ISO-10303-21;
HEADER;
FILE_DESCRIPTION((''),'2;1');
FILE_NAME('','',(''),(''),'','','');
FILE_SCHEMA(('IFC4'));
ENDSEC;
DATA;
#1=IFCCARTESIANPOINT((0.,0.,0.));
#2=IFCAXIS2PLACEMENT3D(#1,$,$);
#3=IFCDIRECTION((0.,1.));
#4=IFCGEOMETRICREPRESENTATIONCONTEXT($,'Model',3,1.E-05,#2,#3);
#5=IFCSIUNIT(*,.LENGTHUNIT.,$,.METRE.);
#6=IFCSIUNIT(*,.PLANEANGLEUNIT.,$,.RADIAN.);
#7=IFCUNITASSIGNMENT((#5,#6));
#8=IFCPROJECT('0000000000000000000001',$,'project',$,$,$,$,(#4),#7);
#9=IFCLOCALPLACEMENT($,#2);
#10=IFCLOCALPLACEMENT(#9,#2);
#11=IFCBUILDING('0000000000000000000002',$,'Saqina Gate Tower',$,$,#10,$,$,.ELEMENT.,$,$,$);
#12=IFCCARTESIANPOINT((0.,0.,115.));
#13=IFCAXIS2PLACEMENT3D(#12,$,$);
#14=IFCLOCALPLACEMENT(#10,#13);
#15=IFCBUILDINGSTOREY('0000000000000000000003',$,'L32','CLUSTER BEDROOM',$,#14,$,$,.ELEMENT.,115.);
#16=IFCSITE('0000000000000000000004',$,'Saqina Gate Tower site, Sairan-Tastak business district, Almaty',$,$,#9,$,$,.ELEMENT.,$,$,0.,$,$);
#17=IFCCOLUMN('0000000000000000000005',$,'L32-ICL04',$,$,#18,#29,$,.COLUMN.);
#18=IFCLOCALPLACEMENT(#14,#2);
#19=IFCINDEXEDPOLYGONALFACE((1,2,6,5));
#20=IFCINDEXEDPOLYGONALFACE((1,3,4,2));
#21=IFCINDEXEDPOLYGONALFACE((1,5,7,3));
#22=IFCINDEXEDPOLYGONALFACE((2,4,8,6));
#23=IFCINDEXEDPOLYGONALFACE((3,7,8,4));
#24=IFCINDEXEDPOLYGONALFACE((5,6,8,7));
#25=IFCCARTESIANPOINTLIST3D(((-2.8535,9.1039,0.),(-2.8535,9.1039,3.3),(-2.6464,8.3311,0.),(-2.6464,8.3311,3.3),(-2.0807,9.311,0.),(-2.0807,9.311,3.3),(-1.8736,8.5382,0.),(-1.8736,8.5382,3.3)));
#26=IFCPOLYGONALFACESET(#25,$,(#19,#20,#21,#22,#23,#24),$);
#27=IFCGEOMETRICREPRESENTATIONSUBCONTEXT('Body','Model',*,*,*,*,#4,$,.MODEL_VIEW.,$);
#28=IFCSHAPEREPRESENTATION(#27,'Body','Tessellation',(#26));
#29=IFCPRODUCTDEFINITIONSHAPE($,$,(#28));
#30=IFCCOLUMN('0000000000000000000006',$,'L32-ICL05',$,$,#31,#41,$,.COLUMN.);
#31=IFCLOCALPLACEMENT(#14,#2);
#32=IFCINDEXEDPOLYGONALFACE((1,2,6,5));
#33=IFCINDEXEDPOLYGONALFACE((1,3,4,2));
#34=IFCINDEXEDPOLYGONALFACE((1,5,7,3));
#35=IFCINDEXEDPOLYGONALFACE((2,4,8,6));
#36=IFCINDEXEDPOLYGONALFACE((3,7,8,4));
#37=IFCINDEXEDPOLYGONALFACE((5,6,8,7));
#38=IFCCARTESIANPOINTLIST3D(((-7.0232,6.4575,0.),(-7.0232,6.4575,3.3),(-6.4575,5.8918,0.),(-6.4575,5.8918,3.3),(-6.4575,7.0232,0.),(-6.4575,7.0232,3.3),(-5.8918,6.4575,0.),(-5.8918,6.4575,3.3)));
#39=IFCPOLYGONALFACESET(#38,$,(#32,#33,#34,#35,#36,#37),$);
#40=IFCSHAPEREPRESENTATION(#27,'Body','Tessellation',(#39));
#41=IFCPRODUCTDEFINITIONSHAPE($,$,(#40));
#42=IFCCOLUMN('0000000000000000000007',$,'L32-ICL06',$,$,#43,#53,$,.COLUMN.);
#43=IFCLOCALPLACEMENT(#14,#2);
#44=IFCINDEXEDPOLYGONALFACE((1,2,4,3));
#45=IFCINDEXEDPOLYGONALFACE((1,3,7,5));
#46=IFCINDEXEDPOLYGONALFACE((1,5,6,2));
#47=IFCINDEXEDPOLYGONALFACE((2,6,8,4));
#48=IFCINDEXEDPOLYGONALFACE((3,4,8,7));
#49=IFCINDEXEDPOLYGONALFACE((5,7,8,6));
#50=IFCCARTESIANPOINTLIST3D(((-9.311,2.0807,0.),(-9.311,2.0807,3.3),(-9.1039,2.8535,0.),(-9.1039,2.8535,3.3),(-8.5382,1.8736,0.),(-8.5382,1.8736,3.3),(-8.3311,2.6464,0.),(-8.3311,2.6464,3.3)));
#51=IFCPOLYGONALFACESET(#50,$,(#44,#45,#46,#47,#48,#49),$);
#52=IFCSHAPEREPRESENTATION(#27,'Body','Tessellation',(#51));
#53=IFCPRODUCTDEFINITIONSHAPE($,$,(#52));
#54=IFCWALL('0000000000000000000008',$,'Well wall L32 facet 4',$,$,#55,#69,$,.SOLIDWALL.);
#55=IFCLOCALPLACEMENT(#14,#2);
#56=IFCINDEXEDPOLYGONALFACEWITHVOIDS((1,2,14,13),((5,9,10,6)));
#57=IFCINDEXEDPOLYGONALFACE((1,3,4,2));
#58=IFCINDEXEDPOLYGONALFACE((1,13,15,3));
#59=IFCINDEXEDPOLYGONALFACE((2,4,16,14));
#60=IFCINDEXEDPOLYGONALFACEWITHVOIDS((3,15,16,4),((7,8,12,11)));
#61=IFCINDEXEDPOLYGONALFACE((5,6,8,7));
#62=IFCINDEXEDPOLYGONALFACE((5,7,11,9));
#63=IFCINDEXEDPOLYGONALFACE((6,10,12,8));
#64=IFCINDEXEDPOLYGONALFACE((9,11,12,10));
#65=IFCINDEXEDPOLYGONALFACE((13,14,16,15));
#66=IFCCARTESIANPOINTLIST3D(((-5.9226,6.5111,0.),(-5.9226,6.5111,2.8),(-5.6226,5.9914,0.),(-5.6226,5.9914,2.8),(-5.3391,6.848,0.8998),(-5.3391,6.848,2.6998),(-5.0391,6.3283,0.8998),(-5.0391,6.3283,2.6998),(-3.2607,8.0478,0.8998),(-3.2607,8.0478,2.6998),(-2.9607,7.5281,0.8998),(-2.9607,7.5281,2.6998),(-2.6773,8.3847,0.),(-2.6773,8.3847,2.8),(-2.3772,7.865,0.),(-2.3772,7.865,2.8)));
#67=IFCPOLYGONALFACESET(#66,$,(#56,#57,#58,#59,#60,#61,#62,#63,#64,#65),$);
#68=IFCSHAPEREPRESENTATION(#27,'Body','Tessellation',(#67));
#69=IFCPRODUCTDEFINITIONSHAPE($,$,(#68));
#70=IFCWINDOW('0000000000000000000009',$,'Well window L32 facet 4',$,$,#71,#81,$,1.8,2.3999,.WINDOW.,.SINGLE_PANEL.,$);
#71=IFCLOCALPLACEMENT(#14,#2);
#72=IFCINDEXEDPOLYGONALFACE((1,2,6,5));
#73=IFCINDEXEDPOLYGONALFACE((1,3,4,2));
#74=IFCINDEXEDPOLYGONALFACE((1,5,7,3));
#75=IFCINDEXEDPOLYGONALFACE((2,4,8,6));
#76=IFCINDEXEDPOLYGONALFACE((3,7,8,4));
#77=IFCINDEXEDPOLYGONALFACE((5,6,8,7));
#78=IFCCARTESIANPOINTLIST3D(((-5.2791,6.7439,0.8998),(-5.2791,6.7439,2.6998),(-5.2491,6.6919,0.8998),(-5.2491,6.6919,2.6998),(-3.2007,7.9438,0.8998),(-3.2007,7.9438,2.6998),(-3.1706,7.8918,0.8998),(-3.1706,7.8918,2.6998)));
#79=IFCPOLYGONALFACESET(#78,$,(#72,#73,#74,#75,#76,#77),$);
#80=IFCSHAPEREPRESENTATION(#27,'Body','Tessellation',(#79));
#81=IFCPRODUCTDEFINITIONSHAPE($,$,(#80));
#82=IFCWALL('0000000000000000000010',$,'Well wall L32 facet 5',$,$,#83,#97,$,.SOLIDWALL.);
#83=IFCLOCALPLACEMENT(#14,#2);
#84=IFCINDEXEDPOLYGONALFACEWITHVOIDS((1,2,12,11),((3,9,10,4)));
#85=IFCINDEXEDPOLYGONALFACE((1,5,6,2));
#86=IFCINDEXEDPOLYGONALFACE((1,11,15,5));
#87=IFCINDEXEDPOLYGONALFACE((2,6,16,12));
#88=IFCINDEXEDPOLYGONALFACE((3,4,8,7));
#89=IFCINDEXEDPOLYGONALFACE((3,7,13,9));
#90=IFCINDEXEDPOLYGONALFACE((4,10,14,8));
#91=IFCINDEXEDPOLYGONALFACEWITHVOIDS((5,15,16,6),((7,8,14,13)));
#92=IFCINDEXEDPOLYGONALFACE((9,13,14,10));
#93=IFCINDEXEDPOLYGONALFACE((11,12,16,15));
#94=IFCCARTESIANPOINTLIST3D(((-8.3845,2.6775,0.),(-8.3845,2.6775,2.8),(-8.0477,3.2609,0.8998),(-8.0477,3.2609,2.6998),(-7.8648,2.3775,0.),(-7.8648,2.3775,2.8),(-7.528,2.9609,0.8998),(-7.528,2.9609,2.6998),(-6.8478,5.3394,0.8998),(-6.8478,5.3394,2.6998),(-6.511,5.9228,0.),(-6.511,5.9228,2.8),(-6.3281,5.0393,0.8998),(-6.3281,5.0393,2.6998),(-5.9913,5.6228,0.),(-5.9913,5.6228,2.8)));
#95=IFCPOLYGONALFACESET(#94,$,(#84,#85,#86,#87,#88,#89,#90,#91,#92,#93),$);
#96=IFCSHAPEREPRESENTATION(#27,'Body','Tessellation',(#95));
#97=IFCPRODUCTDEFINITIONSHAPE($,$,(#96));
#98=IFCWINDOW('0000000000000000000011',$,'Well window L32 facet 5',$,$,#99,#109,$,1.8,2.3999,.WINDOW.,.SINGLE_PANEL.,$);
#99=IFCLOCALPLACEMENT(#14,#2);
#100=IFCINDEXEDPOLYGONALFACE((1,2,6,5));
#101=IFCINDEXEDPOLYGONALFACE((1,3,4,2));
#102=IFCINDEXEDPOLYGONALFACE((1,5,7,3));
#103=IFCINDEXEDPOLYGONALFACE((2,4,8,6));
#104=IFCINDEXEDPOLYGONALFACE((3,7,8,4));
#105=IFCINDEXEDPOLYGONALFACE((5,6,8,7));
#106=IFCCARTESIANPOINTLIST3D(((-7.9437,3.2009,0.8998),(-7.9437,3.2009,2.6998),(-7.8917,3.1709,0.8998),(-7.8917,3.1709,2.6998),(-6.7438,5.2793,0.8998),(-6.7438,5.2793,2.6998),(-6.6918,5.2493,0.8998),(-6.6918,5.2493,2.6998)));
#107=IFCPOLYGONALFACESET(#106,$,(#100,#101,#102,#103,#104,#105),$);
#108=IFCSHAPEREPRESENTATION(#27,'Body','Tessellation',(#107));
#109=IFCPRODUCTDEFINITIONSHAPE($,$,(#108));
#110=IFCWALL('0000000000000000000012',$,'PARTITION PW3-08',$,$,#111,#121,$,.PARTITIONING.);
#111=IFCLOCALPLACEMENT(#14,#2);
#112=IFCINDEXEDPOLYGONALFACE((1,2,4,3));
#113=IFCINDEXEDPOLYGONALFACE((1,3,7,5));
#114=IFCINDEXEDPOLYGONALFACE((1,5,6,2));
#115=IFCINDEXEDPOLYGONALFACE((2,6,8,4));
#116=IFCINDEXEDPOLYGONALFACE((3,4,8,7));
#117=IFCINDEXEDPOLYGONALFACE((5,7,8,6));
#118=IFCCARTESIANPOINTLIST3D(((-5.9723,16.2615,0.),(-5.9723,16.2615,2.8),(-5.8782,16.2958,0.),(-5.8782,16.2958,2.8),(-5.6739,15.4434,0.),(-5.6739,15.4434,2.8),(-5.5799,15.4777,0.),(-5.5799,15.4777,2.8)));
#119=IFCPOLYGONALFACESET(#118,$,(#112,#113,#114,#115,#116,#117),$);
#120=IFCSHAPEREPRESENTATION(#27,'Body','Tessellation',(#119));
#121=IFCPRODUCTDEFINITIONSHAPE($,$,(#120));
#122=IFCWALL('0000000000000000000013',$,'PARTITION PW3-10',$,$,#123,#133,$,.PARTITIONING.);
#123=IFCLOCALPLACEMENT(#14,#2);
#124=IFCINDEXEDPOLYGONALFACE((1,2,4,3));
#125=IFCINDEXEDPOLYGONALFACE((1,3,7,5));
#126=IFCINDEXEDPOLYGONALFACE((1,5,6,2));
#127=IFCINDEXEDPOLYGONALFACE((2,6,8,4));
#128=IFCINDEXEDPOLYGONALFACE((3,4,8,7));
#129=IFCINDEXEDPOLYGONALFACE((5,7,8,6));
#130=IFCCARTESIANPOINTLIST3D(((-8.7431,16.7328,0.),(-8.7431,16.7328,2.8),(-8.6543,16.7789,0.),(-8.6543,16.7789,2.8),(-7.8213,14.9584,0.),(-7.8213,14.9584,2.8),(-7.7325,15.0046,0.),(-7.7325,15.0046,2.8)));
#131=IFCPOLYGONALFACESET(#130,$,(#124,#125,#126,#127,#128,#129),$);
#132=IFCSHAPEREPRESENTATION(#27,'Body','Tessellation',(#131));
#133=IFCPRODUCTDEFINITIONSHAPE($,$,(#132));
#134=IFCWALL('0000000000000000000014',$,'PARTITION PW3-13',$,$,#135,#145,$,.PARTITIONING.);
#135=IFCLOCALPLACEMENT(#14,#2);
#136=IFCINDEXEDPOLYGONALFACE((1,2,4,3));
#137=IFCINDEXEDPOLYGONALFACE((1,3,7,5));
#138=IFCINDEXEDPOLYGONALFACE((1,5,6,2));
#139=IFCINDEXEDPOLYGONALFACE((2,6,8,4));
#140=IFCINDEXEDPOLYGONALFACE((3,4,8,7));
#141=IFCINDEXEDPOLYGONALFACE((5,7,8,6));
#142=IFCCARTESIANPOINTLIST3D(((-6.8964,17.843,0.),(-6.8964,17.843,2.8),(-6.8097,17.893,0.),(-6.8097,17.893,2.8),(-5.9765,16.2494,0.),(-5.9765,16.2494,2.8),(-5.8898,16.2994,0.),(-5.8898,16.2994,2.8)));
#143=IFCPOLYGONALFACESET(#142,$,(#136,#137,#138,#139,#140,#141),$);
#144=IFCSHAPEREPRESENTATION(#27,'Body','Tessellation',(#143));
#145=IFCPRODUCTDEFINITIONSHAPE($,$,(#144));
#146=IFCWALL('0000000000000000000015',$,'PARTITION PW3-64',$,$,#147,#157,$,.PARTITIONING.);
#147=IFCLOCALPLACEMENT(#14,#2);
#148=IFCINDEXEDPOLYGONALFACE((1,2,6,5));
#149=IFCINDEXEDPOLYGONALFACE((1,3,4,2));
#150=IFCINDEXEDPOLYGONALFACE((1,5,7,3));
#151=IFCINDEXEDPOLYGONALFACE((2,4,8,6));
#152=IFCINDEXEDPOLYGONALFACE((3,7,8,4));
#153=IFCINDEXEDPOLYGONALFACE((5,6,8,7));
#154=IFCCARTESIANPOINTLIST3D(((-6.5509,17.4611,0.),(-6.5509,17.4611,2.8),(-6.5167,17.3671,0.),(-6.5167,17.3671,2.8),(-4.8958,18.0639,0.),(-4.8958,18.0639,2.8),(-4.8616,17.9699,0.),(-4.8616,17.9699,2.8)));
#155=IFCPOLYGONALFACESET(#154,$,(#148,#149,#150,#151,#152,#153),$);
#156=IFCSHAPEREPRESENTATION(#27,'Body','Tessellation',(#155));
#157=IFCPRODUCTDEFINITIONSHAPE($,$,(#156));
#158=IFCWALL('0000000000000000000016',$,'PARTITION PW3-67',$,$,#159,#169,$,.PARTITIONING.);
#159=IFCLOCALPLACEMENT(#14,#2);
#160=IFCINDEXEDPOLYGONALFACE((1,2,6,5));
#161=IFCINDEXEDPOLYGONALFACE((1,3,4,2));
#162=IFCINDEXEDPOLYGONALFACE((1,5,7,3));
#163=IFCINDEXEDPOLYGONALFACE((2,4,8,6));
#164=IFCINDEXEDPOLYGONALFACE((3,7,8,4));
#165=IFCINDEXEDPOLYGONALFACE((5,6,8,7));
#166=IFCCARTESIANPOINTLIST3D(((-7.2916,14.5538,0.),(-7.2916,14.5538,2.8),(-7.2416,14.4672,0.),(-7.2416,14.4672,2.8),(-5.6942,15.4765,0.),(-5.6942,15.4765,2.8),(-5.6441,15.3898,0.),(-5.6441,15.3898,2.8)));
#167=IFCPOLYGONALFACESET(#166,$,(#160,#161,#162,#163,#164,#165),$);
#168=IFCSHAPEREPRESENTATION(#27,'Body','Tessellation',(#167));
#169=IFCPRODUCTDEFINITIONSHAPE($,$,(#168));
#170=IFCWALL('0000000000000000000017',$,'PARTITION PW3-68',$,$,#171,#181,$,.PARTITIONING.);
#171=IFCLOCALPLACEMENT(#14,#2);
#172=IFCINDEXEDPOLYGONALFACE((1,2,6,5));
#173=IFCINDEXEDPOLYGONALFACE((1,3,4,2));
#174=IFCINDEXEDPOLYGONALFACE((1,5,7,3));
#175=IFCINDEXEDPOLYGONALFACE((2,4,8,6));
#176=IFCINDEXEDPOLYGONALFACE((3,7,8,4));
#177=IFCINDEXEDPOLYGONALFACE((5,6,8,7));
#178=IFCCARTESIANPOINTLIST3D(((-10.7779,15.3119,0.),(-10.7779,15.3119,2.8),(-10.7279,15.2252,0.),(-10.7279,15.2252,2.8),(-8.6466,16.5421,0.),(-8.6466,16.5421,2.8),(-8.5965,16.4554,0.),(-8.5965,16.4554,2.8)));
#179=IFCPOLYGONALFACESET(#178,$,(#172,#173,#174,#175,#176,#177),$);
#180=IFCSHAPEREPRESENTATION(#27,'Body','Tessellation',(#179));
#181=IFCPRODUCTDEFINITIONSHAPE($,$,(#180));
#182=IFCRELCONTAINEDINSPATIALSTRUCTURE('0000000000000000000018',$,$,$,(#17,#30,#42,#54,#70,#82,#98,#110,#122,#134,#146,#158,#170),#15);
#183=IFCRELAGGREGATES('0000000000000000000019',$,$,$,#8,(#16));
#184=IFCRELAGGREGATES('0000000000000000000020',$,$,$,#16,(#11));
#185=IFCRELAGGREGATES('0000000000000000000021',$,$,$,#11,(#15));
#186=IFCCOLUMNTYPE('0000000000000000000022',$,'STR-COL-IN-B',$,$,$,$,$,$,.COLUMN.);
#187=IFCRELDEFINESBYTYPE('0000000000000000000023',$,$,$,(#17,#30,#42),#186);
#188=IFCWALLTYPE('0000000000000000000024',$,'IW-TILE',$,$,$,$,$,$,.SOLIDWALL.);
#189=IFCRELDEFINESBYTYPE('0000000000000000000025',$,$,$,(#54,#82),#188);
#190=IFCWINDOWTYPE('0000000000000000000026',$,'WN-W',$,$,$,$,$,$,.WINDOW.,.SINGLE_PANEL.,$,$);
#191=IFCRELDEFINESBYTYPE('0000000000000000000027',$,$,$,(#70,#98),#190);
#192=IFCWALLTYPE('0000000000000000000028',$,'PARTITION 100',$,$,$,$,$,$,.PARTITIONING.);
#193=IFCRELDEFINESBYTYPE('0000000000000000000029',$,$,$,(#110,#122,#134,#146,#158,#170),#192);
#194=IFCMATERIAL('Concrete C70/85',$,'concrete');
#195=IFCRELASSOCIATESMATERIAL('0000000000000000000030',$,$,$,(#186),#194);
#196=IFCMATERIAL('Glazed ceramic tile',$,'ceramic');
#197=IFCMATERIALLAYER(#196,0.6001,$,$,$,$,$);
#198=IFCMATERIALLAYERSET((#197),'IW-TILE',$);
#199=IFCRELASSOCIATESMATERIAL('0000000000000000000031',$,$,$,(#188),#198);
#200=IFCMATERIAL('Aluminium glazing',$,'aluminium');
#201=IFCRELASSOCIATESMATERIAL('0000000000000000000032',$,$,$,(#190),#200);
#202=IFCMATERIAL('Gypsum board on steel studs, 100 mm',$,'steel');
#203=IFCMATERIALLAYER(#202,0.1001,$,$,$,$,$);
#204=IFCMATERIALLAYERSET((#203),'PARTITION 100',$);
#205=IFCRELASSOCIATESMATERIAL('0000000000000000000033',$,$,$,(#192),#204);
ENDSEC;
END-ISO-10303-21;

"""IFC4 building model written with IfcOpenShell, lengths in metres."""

from ifc_helpers import new_model, si_unit, direction, frame, frame_2d, origin, origin_2d, place, context, subcontext, project, spatial, rectangle, extrude, material, layer, layer_set, material_profile, profile_set, type_object, element, fill, save


model = new_model("IFC4")

# Units and contexts
model_context = context("Model", 3, precision=1e-05, world=origin(), true_north=direction((0.0, 1.0)))
body_context = subcontext(model_context, "Body", "Model", "MODEL_VIEW")
ifc_project = project(units=[si_unit("LENGTHUNIT", "METRE"), si_unit("PLANEANGLEUNIT", "RADIAN")], contexts=[model_context])

# Site, building, storey
site_placement = place(None, origin())
site = spatial("IfcSite", under=ifc_project, at=site_placement, Name="Saqina Gate Tower site, Sairan-Tastak business district, Almaty", CompositionType="ELEMENT", RefElevation=0.0)
building_placement = place(site_placement, origin())
building = spatial("IfcBuilding", under=site, at=building_placement, Name="Saqina Gate Tower", CompositionType="ELEMENT")
storey_placement = place(building_placement, frame((0.0, 0.0, 115.0)))
storey = spatial("IfcBuildingStorey", under=building, at=storey_placement, Name="L32", Description="CLUSTER BEDROOM", CompositionType="ELEMENT", Elevation=115.0)

# Columns
ifc_material_1 = material(Name="Concrete C70/85", Category="concrete")
ifc_material_profile = material_profile(ifc_material_1, rectangle(XDim=0.8, YDim=0.8, at=origin_2d()), Name="RC 800x800")
ifc_profile_set = profile_set([ifc_material_profile], Name="Concrete C70/85")
column_type = type_object("IfcColumnType", Name="STR-COL-IN-B", PredefinedType="COLUMN", material=ifc_profile_set)
for number, where, z_axis, x_axis, name in (
    (1, (-2.3635, 8.821, 0.0), (0.0, 0.0, 1.0), (-0.258819, 0.965926, 0.0), "L32-ICL04"),
    (2, (-6.4575, 6.4575, 0.0), (0.0, 0.0, 1.0), (-0.707107, 0.707107, 0.0), "L32-ICL05"),
    (3, (-8.821, 2.3635, 0.0), (0.0, 0.0, 1.0), (-0.965926, 0.258819, 0.0), "L32-ICL06"),
):
    element("IfcColumn", number, at=place(storey_placement, frame(where, z_axis=z_axis, x_axis=x_axis)), inside=storey, type_object=column_type, Name=name, PredefinedType="COLUMN", context=body_context, shape_type="SweptSolid", body=[
        extrude(rectangle(XDim=0.8, YDim=0.8, at=origin_2d()), origin(), (0.0, 0.0, 1.0), 3.3),
    ])

# Walls, openings, windows
ifc_material_2 = material(Name="Glazed ceramic tile", Category="ceramic")
ifc_layer_1 = layer(ifc_material_2, 0.6001)
ifc_layer_set_1 = layer_set([ifc_layer_1], Name="IW-TILE")
wall_type_1 = type_object("IfcWallType", Name="IW-TILE", PredefinedType="SOLIDWALL", material=ifc_layer_set_1)
wall_1_placement = place(storey_placement, frame((-2.5273, 8.1248, 0.0), z_axis=(0.0, 0.0, 1.0), x_axis=(-0.866046, -0.499965, 0.0)))
wall_1 = element("IfcWall", 4, at=wall_1_placement, inside=storey, type_object=wall_type_1, Name="Well wall L32 facet 4", PredefinedType="SOLIDWALL", context=body_context, shape_type="SweptSolid", body=[
    extrude(rectangle(XDim=3.7473, YDim=0.6001, at=frame_2d((1.8735, 0.0))), origin(), (0.0, 0.0, 1.0), 2.8),
])
opening_1_placement = place(wall_1_placement, frame((0.6736, 0.0, 0.8999)))
opening_1 = element("IfcOpeningElement", 5, at=opening_1_placement, cuts=wall_1, PredefinedType="OPENING", context=body_context, shape_type="SweptSolid", body=[
    extrude(rectangle(XDim=2.3999, YDim=1.8, at=frame_2d((1.2, 0.8999))), frame((0.0, 0.312, 0.0), z_axis=(0.0, -1.0, 0.0), x_axis=(1.0, 0.0, 0.0)), (0.0, 0.0, 1.0), 0.624),
])
ifc_material_3 = material(Name="Aluminium glazing", Category="aluminium")
window_type = type_object("IfcWindowType", Name="WN-W", PartitioningType="SINGLE_PANEL", PredefinedType="WINDOW", material=ifc_material_3)
window_1_placement = place(opening_1_placement, origin())
window_1 = element("IfcWindow", 6, at=window_1_placement, inside=storey, type_object=window_type, Name="Well window L32 facet 4", OverallHeight=1.8, OverallWidth=2.3999, PartitioningType="SINGLE_PANEL", PredefinedType="WINDOW", context=body_context, shape_type="SweptSolid", body=[
    extrude(rectangle(XDim=2.3999, YDim=1.8, at=frame_2d((1.2, 0.8999))), frame((0.0, -0.1199, 0.0), z_axis=(0.0, -1.0, 0.0), x_axis=(1.0, 0.0, 0.0)), (0.0, 0.0, 1.0), 0.0601),
])
fill(opening_1, window_1)
wall_2_placement = place(storey_placement, frame((-6.2512, 5.7727, 0.0), z_axis=(0.0, 0.0, 1.0), x_axis=(-0.499965, -0.866046, 0.0)))
wall_2 = element("IfcWall", 7, at=wall_2_placement, inside=storey, type_object=wall_type_1, Name="Well wall L32 facet 5", PredefinedType="SOLIDWALL", context=body_context, shape_type="SweptSolid", body=[
    extrude(rectangle(XDim=3.7473, YDim=0.6001, at=frame_2d((1.8735, 0.0))), origin(), (0.0, 0.0, 1.0), 2.8),
])
opening_2_placement = place(wall_2_placement, frame((0.6736, 0.0, 0.8999)))
opening_2 = element("IfcOpeningElement", 8, at=opening_2_placement, cuts=wall_2, PredefinedType="OPENING", context=body_context, shape_type="SweptSolid", body=[
    extrude(rectangle(XDim=2.3999, YDim=1.8, at=frame_2d((1.2, 0.8999))), frame((0.0, 0.312, 0.0), z_axis=(0.0, -1.0, 0.0), x_axis=(1.0, 0.0, 0.0)), (0.0, 0.0, 1.0), 0.624),
])
window_2_placement = place(opening_2_placement, origin())
window_2 = element("IfcWindow", 9, at=window_2_placement, inside=storey, type_object=window_type, Name="Well window L32 facet 5", OverallHeight=1.8, OverallWidth=2.3999, PartitioningType="SINGLE_PANEL", PredefinedType="WINDOW", context=body_context, shape_type="SweptSolid", body=[
    extrude(rectangle(XDim=2.3999, YDim=1.8, at=frame_2d((1.2, 0.8999))), frame((0.0, -0.1199, 0.0), z_axis=(0.0, -1.0, 0.0), x_axis=(1.0, 0.0, 0.0)), (0.0, 0.0, 1.0), 0.0601),
])
fill(opening_2, window_2)

# Walls
ifc_material_4 = material(Name="Gypsum board on steel studs, 100 mm", Category="steel")
ifc_layer_2 = layer(ifc_material_4, 0.1001)
ifc_layer_set_2 = layer_set([ifc_layer_2], Name="PARTITION 100")
wall_type_2 = type_object("IfcWallType", Name="PARTITION 100", PredefinedType="PARTITIONING", material=ifc_layer_set_2)
wall_3_placement = place(storey_placement, frame((-5.9253, 16.2788, 0.0), z_axis=(0.0, 0.0, 1.0), x_axis=(0.342598, -0.939482, 0.0)))
element("IfcWall", 10, at=wall_3_placement, inside=storey, type_object=wall_type_2, Name="PARTITION PW3-08", PredefinedType="PARTITIONING", context=body_context, shape_type="SweptSolid", body=[
    extrude(rectangle(XDim=0.8708, YDim=0.1001, at=frame_2d((0.4355, 0.0))), origin(), (0.0, 0.0, 1.0), 2.8),
])
wall_4_placement = place(storey_placement, frame((-8.6987, 16.7559, 0.0), z_axis=(0.0, 0.0, 1.0), x_axis=(0.46103, -0.887385, 0.0)))
element("IfcWall", 11, at=wall_4_placement, inside=storey, type_object=wall_type_2, Name="PARTITION PW3-10", PredefinedType="PARTITIONING", context=body_context, shape_type="SweptSolid", body=[
    extrude(rectangle(XDim=1.9995, YDim=0.1001, at=frame_2d((0.9998, 0.0))), origin(), (0.0, 0.0, 1.0), 2.8),
])
wall_5_placement = place(storey_placement, frame((-6.853, 17.8679, 0.0), z_axis=(0.0, 0.0, 1.0), x_axis=(0.499964, -0.866046, 0.0)))
element("IfcWall", 12, at=wall_5_placement, inside=storey, type_object=wall_type_2, Name="PARTITION PW3-13", PredefinedType="PARTITIONING", context=body_context, shape_type="SweptSolid", body=[
    extrude(rectangle(XDim=1.8401, YDim=0.1001, at=frame_2d((0.9199, 0.0))), origin(), (0.0, 0.0, 1.0), 2.8),
])
wall_6_placement = place(storey_placement, frame((-6.5339, 17.4141, 0.0), z_axis=(0.0, 0.0, 1.0), x_axis=(0.939619, 0.342222, 0.0)))
element("IfcWall", 13, at=wall_6_placement, inside=storey, type_object=wall_type_2, Name="PARTITION PW3-64", PredefinedType="PARTITIONING", context=body_context, shape_type="SweptSolid", body=[
    extrude(rectangle(XDim=1.7615, YDim=0.1001, at=frame_2d((0.8809, 0.0))), origin(), (0.0, 0.0, 1.0), 2.8),
])
wall_7_placement = place(storey_placement, frame((-7.2666, 14.5105, 0.0), z_axis=(0.0, 0.0, 1.0), x_axis=(0.865945, 0.500139, 0.0)))
element("IfcWall", 14, at=wall_7_placement, inside=storey, type_object=wall_type_2, Name="PARTITION PW3-67", PredefinedType="PARTITIONING", context=body_context, shape_type="SweptSolid", body=[
    extrude(rectangle(XDim=1.8447, YDim=0.1001, at=frame_2d((0.9224, 0.0))), origin(), (0.0, 0.0, 1.0), 2.8),
])
wall_8_placement = place(storey_placement, frame((-10.7529, 15.2686, 0.0), z_axis=(0.0, 0.0, 1.0), x_axis=(0.86608, 0.499906, 0.0)))
element("IfcWall", 15, at=wall_8_placement, inside=storey, type_object=wall_type_2, Name="PARTITION PW3-68", PredefinedType="PARTITIONING", context=body_context, shape_type="SweptSolid", body=[
    extrude(rectangle(XDim=2.4609, YDim=0.1001, at=frame_2d((1.2305, 0.0))), origin(), (0.0, 0.0, 1.0), 2.8),
])

save(model, "model.ifc")
